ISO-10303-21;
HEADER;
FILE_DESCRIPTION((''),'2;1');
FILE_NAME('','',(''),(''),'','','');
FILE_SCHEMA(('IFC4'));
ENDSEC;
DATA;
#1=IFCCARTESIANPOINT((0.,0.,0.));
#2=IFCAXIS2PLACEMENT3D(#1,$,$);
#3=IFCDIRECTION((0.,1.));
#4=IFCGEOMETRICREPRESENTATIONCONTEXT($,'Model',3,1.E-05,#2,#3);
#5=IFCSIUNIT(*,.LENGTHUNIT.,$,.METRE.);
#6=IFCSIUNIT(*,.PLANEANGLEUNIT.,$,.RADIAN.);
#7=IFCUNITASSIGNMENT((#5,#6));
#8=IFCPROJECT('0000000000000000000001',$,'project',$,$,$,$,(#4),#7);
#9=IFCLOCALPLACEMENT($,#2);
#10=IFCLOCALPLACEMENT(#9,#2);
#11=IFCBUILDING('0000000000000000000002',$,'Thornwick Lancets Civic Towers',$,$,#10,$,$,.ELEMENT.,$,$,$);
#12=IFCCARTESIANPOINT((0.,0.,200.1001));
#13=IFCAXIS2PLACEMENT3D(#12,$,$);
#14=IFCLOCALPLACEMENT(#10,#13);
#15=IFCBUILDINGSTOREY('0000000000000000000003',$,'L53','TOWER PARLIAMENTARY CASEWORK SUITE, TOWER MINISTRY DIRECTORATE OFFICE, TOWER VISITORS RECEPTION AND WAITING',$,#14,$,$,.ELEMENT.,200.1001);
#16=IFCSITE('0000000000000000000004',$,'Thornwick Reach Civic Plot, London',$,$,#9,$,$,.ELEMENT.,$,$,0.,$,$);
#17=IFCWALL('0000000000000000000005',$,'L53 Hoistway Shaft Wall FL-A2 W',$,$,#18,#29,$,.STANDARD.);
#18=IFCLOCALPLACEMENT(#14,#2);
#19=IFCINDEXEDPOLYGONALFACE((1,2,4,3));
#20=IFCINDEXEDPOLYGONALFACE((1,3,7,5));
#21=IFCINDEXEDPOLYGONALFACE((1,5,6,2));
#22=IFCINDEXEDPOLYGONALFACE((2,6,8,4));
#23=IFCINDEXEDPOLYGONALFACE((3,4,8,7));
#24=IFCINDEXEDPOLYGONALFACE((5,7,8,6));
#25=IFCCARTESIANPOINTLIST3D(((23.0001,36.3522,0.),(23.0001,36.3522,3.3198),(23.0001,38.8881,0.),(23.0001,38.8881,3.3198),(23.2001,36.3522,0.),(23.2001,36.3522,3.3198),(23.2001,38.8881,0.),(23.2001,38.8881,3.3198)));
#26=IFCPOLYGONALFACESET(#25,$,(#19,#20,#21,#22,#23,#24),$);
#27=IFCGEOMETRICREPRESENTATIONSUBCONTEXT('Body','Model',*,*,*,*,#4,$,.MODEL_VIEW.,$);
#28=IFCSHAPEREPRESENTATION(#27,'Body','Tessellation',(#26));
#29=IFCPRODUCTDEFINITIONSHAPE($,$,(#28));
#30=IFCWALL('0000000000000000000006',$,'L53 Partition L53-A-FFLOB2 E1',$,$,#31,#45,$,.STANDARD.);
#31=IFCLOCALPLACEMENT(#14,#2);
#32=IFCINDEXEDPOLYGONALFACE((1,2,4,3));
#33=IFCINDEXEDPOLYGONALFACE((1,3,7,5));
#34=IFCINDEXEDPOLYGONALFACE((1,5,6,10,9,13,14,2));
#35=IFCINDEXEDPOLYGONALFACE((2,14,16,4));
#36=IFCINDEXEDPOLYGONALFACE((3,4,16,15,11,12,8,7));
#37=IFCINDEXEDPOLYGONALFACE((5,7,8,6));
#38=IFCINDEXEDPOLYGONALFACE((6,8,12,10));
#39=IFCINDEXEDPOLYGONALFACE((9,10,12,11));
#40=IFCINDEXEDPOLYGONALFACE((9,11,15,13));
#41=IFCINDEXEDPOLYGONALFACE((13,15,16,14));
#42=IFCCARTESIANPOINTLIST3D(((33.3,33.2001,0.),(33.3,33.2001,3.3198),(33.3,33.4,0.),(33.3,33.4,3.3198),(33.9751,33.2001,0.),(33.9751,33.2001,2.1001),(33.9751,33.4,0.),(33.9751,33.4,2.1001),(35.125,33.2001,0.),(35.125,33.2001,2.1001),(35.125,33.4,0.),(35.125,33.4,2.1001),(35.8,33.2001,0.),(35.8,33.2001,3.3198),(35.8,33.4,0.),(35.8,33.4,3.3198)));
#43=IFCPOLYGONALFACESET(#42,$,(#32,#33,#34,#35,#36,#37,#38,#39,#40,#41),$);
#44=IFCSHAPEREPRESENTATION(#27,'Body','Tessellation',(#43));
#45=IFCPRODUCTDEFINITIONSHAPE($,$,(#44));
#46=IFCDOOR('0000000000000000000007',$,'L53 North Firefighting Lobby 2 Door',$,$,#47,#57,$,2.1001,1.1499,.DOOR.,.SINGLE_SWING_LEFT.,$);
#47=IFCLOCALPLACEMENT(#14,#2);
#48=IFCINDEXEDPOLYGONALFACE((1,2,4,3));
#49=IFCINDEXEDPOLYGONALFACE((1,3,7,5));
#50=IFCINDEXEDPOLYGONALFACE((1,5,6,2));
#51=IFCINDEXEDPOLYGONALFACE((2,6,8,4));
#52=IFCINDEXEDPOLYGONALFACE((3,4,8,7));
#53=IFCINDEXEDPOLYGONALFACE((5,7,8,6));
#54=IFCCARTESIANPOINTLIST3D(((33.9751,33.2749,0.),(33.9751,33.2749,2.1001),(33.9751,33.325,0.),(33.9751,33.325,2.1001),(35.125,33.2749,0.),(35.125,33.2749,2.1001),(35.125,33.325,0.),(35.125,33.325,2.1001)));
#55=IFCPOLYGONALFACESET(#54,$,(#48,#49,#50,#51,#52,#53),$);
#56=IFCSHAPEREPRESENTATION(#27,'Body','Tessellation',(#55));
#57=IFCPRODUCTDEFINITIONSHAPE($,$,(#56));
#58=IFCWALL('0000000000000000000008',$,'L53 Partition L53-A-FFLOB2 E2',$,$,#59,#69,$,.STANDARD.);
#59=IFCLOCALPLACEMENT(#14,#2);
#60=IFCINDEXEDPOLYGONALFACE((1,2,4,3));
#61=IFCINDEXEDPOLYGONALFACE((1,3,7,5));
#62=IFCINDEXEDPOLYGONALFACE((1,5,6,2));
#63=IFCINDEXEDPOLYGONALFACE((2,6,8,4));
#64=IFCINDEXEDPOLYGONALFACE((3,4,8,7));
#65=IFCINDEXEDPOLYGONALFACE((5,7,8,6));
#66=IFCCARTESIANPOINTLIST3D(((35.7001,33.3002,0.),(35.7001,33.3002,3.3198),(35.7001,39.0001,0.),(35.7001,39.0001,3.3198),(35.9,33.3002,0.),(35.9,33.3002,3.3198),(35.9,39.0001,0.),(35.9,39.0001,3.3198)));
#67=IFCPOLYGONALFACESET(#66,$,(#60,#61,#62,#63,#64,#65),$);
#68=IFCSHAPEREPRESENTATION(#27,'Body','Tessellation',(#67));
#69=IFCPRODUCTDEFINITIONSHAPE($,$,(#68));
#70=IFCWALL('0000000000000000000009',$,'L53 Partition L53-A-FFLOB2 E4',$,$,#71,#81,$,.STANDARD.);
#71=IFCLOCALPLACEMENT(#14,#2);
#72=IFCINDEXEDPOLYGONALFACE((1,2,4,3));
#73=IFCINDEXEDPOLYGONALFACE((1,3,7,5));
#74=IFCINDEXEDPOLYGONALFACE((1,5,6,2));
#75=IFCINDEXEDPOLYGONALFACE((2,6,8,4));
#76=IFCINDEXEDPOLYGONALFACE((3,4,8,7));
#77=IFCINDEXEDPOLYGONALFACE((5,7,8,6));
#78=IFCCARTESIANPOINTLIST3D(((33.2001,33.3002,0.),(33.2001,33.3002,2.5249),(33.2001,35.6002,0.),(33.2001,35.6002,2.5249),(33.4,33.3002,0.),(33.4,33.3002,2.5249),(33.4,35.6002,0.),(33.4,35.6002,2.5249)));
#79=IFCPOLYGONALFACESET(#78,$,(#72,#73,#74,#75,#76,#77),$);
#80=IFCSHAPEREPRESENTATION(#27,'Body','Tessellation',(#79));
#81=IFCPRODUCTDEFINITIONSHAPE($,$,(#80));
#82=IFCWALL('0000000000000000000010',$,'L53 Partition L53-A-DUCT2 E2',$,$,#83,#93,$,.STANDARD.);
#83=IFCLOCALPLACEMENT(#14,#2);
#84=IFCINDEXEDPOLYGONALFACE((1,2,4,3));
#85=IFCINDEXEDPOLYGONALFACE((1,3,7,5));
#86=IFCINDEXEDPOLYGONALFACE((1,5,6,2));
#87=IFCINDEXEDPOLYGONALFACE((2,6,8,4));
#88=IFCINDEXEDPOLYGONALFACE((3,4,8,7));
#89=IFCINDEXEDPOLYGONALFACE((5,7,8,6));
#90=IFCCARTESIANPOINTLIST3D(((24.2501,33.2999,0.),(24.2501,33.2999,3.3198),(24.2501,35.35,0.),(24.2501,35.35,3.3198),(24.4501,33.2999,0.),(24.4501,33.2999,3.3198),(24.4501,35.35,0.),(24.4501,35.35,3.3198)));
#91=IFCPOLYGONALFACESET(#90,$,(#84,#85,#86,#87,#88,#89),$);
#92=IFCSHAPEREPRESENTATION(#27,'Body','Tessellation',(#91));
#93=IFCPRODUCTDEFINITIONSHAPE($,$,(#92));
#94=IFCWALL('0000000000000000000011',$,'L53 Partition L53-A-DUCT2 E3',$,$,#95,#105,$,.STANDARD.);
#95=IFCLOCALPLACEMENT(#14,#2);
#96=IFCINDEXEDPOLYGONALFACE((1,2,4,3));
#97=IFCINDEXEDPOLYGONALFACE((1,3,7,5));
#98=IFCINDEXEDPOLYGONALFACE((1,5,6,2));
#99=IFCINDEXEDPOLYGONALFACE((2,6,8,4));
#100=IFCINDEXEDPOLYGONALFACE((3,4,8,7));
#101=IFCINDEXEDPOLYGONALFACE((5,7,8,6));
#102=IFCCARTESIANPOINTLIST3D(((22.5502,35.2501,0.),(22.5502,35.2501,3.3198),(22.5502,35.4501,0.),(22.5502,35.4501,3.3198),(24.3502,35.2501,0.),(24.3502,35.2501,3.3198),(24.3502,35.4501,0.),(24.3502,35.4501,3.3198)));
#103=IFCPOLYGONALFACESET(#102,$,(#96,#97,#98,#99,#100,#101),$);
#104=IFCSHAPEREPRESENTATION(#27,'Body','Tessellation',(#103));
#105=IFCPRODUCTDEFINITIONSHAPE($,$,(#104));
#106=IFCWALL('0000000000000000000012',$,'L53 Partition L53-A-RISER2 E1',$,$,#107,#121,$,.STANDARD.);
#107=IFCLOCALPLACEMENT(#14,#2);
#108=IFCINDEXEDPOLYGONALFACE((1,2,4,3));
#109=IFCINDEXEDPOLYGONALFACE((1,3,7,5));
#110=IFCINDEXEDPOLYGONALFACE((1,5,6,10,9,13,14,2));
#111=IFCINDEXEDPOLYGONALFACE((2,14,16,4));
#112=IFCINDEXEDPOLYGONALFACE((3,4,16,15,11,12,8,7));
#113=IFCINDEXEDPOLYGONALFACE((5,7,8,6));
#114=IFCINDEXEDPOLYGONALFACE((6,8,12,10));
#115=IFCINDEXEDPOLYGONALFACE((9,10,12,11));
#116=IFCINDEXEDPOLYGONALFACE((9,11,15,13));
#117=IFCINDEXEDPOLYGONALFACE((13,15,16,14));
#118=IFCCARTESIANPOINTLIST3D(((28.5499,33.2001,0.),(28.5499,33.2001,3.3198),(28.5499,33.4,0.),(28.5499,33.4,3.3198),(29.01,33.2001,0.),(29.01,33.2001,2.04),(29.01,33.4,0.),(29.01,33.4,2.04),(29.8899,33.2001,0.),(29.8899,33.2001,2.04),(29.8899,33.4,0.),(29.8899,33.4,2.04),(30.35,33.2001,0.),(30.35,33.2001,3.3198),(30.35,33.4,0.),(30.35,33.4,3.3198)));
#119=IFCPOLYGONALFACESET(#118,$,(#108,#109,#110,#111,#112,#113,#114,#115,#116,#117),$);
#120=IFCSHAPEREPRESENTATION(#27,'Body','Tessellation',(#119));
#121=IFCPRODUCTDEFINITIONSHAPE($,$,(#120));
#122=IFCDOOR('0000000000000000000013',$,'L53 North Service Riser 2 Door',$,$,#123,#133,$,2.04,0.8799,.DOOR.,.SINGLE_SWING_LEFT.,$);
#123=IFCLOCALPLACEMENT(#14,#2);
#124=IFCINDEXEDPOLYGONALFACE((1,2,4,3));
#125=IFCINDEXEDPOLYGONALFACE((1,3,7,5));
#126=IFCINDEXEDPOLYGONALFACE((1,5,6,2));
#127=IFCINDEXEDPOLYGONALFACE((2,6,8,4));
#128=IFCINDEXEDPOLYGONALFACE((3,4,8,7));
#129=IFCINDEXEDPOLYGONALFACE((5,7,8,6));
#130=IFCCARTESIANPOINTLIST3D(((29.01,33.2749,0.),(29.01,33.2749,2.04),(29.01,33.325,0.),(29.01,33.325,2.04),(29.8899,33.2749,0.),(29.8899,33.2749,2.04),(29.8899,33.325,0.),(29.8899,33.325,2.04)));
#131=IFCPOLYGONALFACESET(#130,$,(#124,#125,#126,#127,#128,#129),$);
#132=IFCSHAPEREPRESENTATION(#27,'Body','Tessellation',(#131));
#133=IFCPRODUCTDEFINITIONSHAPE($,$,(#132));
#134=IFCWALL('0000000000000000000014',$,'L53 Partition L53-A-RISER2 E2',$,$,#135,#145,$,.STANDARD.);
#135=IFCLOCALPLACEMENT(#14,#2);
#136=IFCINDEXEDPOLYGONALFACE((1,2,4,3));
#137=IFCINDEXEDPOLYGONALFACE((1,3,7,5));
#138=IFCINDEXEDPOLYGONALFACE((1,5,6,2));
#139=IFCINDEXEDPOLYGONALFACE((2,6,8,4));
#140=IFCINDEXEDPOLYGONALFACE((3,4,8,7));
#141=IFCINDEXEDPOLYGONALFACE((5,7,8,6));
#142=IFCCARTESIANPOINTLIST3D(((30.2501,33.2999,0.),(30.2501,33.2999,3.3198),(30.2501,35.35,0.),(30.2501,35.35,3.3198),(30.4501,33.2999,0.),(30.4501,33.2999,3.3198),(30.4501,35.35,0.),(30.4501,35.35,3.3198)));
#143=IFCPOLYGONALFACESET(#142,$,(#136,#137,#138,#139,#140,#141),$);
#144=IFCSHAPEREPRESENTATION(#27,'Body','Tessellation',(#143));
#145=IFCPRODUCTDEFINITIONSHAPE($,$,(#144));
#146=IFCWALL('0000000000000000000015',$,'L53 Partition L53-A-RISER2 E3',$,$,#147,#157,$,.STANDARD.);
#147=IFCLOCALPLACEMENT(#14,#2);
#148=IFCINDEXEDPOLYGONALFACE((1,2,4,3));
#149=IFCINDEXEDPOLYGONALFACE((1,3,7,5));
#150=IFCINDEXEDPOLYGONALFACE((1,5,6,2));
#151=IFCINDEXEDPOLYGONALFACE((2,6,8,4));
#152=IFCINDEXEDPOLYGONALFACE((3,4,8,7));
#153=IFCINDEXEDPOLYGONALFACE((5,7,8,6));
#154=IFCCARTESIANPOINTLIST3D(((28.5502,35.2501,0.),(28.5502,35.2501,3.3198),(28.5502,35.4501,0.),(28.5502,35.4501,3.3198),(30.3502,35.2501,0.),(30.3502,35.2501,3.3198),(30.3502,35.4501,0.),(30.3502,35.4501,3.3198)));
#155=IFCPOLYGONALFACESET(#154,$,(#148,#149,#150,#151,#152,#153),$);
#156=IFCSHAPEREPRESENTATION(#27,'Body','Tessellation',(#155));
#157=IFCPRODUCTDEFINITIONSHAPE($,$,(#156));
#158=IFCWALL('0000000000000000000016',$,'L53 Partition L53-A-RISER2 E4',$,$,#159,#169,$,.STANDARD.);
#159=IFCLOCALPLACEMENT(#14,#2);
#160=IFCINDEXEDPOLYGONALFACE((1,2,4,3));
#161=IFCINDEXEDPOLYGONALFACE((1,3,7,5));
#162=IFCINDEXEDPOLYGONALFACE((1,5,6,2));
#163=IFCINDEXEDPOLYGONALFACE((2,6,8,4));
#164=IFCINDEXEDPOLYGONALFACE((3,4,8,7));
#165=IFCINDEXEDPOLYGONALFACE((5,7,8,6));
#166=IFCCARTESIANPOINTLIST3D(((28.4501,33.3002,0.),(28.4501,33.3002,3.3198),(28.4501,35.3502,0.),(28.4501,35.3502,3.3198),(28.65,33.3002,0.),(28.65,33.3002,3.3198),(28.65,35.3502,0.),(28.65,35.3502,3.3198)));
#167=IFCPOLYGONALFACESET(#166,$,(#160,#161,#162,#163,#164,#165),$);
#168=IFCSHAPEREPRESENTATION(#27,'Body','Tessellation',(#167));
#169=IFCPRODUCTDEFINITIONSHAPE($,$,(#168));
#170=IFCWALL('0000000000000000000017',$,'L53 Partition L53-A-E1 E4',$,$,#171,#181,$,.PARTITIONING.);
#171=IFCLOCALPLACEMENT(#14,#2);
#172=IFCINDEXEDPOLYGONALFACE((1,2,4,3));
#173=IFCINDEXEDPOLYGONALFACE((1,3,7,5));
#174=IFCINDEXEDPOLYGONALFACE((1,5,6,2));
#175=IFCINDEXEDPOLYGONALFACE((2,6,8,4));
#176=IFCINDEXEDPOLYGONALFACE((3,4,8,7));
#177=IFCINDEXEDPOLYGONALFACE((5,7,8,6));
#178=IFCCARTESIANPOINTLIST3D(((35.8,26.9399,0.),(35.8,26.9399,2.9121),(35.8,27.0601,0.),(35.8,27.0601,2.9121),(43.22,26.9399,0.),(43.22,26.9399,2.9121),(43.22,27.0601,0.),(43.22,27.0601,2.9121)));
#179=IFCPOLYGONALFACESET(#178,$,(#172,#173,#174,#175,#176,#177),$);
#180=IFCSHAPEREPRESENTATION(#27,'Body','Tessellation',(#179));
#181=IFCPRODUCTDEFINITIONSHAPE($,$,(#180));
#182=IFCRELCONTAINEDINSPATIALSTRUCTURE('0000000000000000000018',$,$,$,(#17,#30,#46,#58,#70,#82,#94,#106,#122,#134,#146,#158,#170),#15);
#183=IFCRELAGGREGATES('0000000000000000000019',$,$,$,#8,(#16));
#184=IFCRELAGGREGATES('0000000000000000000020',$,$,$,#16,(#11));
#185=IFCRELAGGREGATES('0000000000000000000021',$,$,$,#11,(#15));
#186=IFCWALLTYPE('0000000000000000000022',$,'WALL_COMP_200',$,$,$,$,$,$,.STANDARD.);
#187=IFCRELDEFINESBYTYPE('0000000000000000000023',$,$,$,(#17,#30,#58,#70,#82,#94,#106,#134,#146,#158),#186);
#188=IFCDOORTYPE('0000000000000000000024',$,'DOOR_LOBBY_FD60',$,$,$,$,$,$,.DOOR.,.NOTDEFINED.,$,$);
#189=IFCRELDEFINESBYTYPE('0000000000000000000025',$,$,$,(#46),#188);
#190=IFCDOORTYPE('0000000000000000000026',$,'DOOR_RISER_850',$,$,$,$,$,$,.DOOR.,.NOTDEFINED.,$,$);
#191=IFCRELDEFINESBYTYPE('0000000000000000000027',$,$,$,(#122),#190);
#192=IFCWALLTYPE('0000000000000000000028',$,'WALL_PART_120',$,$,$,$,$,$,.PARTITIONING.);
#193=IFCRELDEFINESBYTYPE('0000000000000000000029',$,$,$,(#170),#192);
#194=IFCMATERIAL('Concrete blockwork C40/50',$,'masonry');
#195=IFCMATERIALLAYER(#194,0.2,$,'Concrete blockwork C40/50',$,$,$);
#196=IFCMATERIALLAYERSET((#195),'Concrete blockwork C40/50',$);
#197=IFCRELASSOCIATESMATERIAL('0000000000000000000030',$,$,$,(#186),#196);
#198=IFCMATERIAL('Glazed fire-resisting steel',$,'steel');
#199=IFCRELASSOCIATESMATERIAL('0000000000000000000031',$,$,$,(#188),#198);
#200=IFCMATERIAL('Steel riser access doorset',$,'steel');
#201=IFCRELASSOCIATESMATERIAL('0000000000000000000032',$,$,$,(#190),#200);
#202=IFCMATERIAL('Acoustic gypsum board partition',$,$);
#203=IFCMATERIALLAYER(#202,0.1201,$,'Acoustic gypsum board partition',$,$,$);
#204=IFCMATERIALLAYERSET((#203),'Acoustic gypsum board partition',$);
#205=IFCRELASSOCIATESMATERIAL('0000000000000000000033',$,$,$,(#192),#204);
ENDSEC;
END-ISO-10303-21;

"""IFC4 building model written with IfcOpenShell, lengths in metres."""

from ifc_helpers import new_model, si_unit, direction, frame, frame_2d, origin, place, context, subcontext, project, spatial, rectangle, extrude, material, layer, layer_set, type_object, element, fill, save


model = new_model("IFC4")

# Units and contexts
model_context = context("Model", 3, precision=1e-05, world=origin(), true_north=direction((0.0, 1.0)))
body_context = subcontext(model_context, "Body", "Model", "MODEL_VIEW")
ifc_project = project(units=[si_unit("LENGTHUNIT", "METRE"), si_unit("PLANEANGLEUNIT", "RADIAN")], contexts=[model_context])

# Site, building, storey
site_placement = place(None, origin())
site = spatial("IfcSite", under=ifc_project, at=site_placement, Name="Thornwick Reach Civic Plot, London", CompositionType="ELEMENT", RefElevation=0.0)
building_placement = place(site_placement, origin())
building = spatial("IfcBuilding", under=site, at=building_placement, Name="Thornwick Lancets Civic Towers", CompositionType="ELEMENT")
storey_placement = place(building_placement, frame((0.0, 0.0, 200.1001)))
storey = spatial("IfcBuildingStorey", under=building, at=storey_placement, Name="L53", Description="TOWER PARLIAMENTARY CASEWORK SUITE, TOWER MINISTRY DIRECTORATE OFFICE, TOWER VISITORS RECEPTION AND WAITING", CompositionType="ELEMENT", Elevation=200.1001)

# Shared definitions
ifc_material_1 = material(Name="Concrete blockwork C40/50", Category="masonry")
ifc_layer_1 = layer(ifc_material_1, 0.2, Name="Concrete blockwork C40/50")
ifc_layer_set_1 = layer_set([ifc_layer_1], Name="Concrete blockwork C40/50")
wall_type_1 = type_object("IfcWallType", Name="WALL_COMP_200", PredefinedType="STANDARD", material=ifc_layer_set_1)

# Wall
for number, where, z_axis, x_axis, name in (
    (1, (23.1001, 36.3521, 0.0), (0.0, 0.0, 1.0), (0.0, 1.0, 0.0), "L53 Hoistway Shaft Wall FL-A2 W"),
):
    element("IfcWall", number, at=place(storey_placement, frame(where, z_axis=z_axis, x_axis=x_axis)), inside=storey, type_object=wall_type_1, Name=name, PredefinedType="STANDARD", context=body_context, shape_type="SweptSolid", body=[
        extrude(rectangle(XDim=2.5359, YDim=0.2, at=frame_2d((1.2681, 0.0))), origin(), (0.0, 0.0, 1.0), 3.3198),
    ])

# Wall, opening, door
wall_1_placement = place(storey_placement, frame((33.3, 33.3, 0.0), z_axis=(0.0, 0.0, 1.0), x_axis=(1.0, 0.0, 0.0)))
wall_1 = element("IfcWall", 2, at=wall_1_placement, inside=storey, type_object=wall_type_1, Name="L53 Partition L53-A-FFLOB2 E1", PredefinedType="STANDARD", context=body_context, shape_type="SweptSolid", body=[
    extrude(rectangle(XDim=2.5, YDim=0.2, at=frame_2d((1.25, 0.0))), origin(), (0.0, 0.0, 1.0), 3.3198),
])
opening_1_placement = place(wall_1_placement, frame((0.675, 0.0, 0.0)))
opening_1 = element("IfcOpeningElement", 3, at=opening_1_placement, cuts=wall_1, PredefinedType="OPENING", context=body_context, shape_type="SweptSolid", body=[
    extrude(rectangle(XDim=1.1499, YDim=2.1001, at=frame_2d((0.575, 1.05))), frame((0.0, 0.1099, 0.0), z_axis=(0.0, -1.0, 0.0), x_axis=(1.0, 0.0, 0.0)), (0.0, 0.0, 1.0), 0.22),
])
ifc_material_2 = material(Name="Glazed fire-resisting steel", Category="steel")
door_type_1 = type_object("IfcDoorType", Name="DOOR_LOBBY_FD60", OperationType="NOTDEFINED", PredefinedType="DOOR", material=ifc_material_2)
door_1_placement = place(opening_1_placement, origin())
door_1 = element("IfcDoor", 4, at=door_1_placement, inside=storey, type_object=door_type_1, Name="L53 North Firefighting Lobby 2 Door", OperationType="SINGLE_SWING_LEFT", OverallHeight=2.1001, OverallWidth=1.1499, PredefinedType="DOOR", context=body_context, shape_type="SweptSolid", body=[
    extrude(rectangle(XDim=1.1499, YDim=2.1001, at=frame_2d((0.575, 1.05))), frame((0.0, 0.0249, 0.0), z_axis=(0.0, -1.0, 0.0), x_axis=(1.0, 0.0, 0.0)), (0.0, 0.0, 1.0), 0.05),
])
fill(opening_1, door_1)

# Walls
wall_2_placement = place(storey_placement, frame((35.8, 33.3, 0.0), z_axis=(0.0, 0.0, 1.0), x_axis=(0.0, 1.0, 0.0)))
element("IfcWall", 5, at=wall_2_placement, inside=storey, type_object=wall_type_1, Name="L53 Partition L53-A-FFLOB2 E2", PredefinedType="STANDARD", context=body_context, shape_type="SweptSolid", body=[
    extrude(rectangle(XDim=5.7, YDim=0.2, at=frame_2d((2.8501, 0.0))), origin(), (0.0, 0.0, 1.0), 3.3198),
])
wall_3_placement = place(storey_placement, frame((33.3, 35.6001, 0.0), z_axis=(0.0, 0.0, 1.0), x_axis=(0.0, -1.0, 0.0)))
element("IfcWall", 6, at=wall_3_placement, inside=storey, type_object=wall_type_1, Name="L53 Partition L53-A-FFLOB2 E4", PredefinedType="STANDARD", context=body_context, shape_type="SweptSolid", body=[
    extrude(rectangle(XDim=2.3, YDim=0.2, at=frame_2d((1.1499, 0.0))), origin(), (0.0, 0.0, 1.0), 2.5249),
])
wall_4_placement = place(storey_placement, frame((24.3501, 33.3, 0.0), z_axis=(0.0, 0.0, 1.0), x_axis=(0.0, 1.0, 0.0)))
element("IfcWall", 7, at=wall_4_placement, inside=storey, type_object=wall_type_1, Name="L53 Partition L53-A-DUCT2 E2", PredefinedType="STANDARD", context=body_context, shape_type="SweptSolid", body=[
    extrude(rectangle(XDim=2.05, YDim=0.2, at=frame_2d((1.0249, 0.0))), origin(), (0.0, 0.0, 1.0), 3.3198),
])
wall_5_placement = place(storey_placement, frame((24.3501, 35.3501, 0.0), z_axis=(0.0, 0.0, 1.0), x_axis=(-1.0, 0.0, 0.0)))
element("IfcWall", 8, at=wall_5_placement, inside=storey, type_object=wall_type_1, Name="L53 Partition L53-A-DUCT2 E3", PredefinedType="STANDARD", context=body_context, shape_type="SweptSolid", body=[
    extrude(rectangle(XDim=1.8, YDim=0.2, at=frame_2d((0.8999, 0.0))), origin(), (0.0, 0.0, 1.0), 3.3198),
])

# Wall, opening, door
wall_6_placement = place(storey_placement, frame((28.55, 33.3, 0.0), z_axis=(0.0, 0.0, 1.0), x_axis=(1.0, 0.0, 0.0)))
wall_6 = element("IfcWall", 9, at=wall_6_placement, inside=storey, type_object=wall_type_1, Name="L53 Partition L53-A-RISER2 E1", PredefinedType="STANDARD", context=body_context, shape_type="SweptSolid", body=[
    extrude(rectangle(XDim=1.8, YDim=0.2, at=frame_2d((0.8999, 0.0))), origin(), (0.0, 0.0, 1.0), 3.3198),
])
opening_2_placement = place(wall_6_placement, frame((0.46, 0.0, 0.0)))
opening_2 = element("IfcOpeningElement", 10, at=opening_2_placement, cuts=wall_6, PredefinedType="OPENING", context=body_context, shape_type="SweptSolid", body=[
    extrude(rectangle(XDim=0.8799, YDim=2.04, at=frame_2d((0.4399, 1.02))), frame((0.0, 0.1099, 0.0), z_axis=(0.0, -1.0, 0.0), x_axis=(1.0, 0.0, 0.0)), (0.0, 0.0, 1.0), 0.22),
])
ifc_material_3 = material(Name="Steel riser access doorset", Category="steel")
door_type_2 = type_object("IfcDoorType", Name="DOOR_RISER_850", OperationType="NOTDEFINED", PredefinedType="DOOR", material=ifc_material_3)
door_2_placement = place(opening_2_placement, origin())
door_2 = element("IfcDoor", 11, at=door_2_placement, inside=storey, type_object=door_type_2, Name="L53 North Service Riser 2 Door", OperationType="SINGLE_SWING_LEFT", OverallHeight=2.04, OverallWidth=0.8799, PredefinedType="DOOR", context=body_context, shape_type="SweptSolid", body=[
    extrude(rectangle(XDim=0.8799, YDim=2.04, at=frame_2d((0.4399, 1.02))), frame((0.0, 0.0249, 0.0), z_axis=(0.0, -1.0, 0.0), x_axis=(1.0, 0.0, 0.0)), (0.0, 0.0, 1.0), 0.05),
])
fill(opening_2, door_2)

# Walls
wall_7_placement = place(storey_placement, frame((30.3501, 33.3, 0.0), z_axis=(0.0, 0.0, 1.0), x_axis=(0.0, 1.0, 0.0)))
element("IfcWall", 12, at=wall_7_placement, inside=storey, type_object=wall_type_1, Name="L53 Partition L53-A-RISER2 E2", PredefinedType="STANDARD", context=body_context, shape_type="SweptSolid", body=[
    extrude(rectangle(XDim=2.05, YDim=0.2, at=frame_2d((1.0249, 0.0))), origin(), (0.0, 0.0, 1.0), 3.3198),
])
wall_8_placement = place(storey_placement, frame((30.3501, 35.3501, 0.0), z_axis=(0.0, 0.0, 1.0), x_axis=(-1.0, 0.0, 0.0)))
element("IfcWall", 13, at=wall_8_placement, inside=storey, type_object=wall_type_1, Name="L53 Partition L53-A-RISER2 E3", PredefinedType="STANDARD", context=body_context, shape_type="SweptSolid", body=[
    extrude(rectangle(XDim=1.8, YDim=0.2, at=frame_2d((0.8999, 0.0))), origin(), (0.0, 0.0, 1.0), 3.3198),
])
wall_9_placement = place(storey_placement, frame((28.55, 35.3501, 0.0), z_axis=(0.0, 0.0, 1.0), x_axis=(0.0, -1.0, 0.0)))
element("IfcWall", 14, at=wall_9_placement, inside=storey, type_object=wall_type_1, Name="L53 Partition L53-A-RISER2 E4", PredefinedType="STANDARD", context=body_context, shape_type="SweptSolid", body=[
    extrude(rectangle(XDim=2.05, YDim=0.2, at=frame_2d((1.0249, 0.0))), origin(), (0.0, 0.0, 1.0), 3.3198),
])
ifc_material_4 = material(Name="Acoustic gypsum board partition")
ifc_layer_2 = layer(ifc_material_4, 0.1201, Name="Acoustic gypsum board partition")
ifc_layer_set_2 = layer_set([ifc_layer_2], Name="Acoustic gypsum board partition")
wall_type_2 = type_object("IfcWallType", Name="WALL_PART_120", PredefinedType="PARTITIONING", material=ifc_layer_set_2)
wall_10_placement = place(storey_placement, frame((35.8, 27.0, 0.0), z_axis=(0.0, 0.0, 1.0), x_axis=(1.0, 0.0, 0.0)))
element("IfcWall", 15, at=wall_10_placement, inside=storey, type_object=wall_type_2, Name="L53 Partition L53-A-E1 E4", PredefinedType="PARTITIONING", context=body_context, shape_type="SweptSolid", body=[
    extrude(rectangle(XDim=7.4199, YDim=0.1201, at=frame_2d((3.71, 0.0))), origin(), (0.0, 0.0, 1.0), 2.9121),
])

save(model, "model.ifc")
